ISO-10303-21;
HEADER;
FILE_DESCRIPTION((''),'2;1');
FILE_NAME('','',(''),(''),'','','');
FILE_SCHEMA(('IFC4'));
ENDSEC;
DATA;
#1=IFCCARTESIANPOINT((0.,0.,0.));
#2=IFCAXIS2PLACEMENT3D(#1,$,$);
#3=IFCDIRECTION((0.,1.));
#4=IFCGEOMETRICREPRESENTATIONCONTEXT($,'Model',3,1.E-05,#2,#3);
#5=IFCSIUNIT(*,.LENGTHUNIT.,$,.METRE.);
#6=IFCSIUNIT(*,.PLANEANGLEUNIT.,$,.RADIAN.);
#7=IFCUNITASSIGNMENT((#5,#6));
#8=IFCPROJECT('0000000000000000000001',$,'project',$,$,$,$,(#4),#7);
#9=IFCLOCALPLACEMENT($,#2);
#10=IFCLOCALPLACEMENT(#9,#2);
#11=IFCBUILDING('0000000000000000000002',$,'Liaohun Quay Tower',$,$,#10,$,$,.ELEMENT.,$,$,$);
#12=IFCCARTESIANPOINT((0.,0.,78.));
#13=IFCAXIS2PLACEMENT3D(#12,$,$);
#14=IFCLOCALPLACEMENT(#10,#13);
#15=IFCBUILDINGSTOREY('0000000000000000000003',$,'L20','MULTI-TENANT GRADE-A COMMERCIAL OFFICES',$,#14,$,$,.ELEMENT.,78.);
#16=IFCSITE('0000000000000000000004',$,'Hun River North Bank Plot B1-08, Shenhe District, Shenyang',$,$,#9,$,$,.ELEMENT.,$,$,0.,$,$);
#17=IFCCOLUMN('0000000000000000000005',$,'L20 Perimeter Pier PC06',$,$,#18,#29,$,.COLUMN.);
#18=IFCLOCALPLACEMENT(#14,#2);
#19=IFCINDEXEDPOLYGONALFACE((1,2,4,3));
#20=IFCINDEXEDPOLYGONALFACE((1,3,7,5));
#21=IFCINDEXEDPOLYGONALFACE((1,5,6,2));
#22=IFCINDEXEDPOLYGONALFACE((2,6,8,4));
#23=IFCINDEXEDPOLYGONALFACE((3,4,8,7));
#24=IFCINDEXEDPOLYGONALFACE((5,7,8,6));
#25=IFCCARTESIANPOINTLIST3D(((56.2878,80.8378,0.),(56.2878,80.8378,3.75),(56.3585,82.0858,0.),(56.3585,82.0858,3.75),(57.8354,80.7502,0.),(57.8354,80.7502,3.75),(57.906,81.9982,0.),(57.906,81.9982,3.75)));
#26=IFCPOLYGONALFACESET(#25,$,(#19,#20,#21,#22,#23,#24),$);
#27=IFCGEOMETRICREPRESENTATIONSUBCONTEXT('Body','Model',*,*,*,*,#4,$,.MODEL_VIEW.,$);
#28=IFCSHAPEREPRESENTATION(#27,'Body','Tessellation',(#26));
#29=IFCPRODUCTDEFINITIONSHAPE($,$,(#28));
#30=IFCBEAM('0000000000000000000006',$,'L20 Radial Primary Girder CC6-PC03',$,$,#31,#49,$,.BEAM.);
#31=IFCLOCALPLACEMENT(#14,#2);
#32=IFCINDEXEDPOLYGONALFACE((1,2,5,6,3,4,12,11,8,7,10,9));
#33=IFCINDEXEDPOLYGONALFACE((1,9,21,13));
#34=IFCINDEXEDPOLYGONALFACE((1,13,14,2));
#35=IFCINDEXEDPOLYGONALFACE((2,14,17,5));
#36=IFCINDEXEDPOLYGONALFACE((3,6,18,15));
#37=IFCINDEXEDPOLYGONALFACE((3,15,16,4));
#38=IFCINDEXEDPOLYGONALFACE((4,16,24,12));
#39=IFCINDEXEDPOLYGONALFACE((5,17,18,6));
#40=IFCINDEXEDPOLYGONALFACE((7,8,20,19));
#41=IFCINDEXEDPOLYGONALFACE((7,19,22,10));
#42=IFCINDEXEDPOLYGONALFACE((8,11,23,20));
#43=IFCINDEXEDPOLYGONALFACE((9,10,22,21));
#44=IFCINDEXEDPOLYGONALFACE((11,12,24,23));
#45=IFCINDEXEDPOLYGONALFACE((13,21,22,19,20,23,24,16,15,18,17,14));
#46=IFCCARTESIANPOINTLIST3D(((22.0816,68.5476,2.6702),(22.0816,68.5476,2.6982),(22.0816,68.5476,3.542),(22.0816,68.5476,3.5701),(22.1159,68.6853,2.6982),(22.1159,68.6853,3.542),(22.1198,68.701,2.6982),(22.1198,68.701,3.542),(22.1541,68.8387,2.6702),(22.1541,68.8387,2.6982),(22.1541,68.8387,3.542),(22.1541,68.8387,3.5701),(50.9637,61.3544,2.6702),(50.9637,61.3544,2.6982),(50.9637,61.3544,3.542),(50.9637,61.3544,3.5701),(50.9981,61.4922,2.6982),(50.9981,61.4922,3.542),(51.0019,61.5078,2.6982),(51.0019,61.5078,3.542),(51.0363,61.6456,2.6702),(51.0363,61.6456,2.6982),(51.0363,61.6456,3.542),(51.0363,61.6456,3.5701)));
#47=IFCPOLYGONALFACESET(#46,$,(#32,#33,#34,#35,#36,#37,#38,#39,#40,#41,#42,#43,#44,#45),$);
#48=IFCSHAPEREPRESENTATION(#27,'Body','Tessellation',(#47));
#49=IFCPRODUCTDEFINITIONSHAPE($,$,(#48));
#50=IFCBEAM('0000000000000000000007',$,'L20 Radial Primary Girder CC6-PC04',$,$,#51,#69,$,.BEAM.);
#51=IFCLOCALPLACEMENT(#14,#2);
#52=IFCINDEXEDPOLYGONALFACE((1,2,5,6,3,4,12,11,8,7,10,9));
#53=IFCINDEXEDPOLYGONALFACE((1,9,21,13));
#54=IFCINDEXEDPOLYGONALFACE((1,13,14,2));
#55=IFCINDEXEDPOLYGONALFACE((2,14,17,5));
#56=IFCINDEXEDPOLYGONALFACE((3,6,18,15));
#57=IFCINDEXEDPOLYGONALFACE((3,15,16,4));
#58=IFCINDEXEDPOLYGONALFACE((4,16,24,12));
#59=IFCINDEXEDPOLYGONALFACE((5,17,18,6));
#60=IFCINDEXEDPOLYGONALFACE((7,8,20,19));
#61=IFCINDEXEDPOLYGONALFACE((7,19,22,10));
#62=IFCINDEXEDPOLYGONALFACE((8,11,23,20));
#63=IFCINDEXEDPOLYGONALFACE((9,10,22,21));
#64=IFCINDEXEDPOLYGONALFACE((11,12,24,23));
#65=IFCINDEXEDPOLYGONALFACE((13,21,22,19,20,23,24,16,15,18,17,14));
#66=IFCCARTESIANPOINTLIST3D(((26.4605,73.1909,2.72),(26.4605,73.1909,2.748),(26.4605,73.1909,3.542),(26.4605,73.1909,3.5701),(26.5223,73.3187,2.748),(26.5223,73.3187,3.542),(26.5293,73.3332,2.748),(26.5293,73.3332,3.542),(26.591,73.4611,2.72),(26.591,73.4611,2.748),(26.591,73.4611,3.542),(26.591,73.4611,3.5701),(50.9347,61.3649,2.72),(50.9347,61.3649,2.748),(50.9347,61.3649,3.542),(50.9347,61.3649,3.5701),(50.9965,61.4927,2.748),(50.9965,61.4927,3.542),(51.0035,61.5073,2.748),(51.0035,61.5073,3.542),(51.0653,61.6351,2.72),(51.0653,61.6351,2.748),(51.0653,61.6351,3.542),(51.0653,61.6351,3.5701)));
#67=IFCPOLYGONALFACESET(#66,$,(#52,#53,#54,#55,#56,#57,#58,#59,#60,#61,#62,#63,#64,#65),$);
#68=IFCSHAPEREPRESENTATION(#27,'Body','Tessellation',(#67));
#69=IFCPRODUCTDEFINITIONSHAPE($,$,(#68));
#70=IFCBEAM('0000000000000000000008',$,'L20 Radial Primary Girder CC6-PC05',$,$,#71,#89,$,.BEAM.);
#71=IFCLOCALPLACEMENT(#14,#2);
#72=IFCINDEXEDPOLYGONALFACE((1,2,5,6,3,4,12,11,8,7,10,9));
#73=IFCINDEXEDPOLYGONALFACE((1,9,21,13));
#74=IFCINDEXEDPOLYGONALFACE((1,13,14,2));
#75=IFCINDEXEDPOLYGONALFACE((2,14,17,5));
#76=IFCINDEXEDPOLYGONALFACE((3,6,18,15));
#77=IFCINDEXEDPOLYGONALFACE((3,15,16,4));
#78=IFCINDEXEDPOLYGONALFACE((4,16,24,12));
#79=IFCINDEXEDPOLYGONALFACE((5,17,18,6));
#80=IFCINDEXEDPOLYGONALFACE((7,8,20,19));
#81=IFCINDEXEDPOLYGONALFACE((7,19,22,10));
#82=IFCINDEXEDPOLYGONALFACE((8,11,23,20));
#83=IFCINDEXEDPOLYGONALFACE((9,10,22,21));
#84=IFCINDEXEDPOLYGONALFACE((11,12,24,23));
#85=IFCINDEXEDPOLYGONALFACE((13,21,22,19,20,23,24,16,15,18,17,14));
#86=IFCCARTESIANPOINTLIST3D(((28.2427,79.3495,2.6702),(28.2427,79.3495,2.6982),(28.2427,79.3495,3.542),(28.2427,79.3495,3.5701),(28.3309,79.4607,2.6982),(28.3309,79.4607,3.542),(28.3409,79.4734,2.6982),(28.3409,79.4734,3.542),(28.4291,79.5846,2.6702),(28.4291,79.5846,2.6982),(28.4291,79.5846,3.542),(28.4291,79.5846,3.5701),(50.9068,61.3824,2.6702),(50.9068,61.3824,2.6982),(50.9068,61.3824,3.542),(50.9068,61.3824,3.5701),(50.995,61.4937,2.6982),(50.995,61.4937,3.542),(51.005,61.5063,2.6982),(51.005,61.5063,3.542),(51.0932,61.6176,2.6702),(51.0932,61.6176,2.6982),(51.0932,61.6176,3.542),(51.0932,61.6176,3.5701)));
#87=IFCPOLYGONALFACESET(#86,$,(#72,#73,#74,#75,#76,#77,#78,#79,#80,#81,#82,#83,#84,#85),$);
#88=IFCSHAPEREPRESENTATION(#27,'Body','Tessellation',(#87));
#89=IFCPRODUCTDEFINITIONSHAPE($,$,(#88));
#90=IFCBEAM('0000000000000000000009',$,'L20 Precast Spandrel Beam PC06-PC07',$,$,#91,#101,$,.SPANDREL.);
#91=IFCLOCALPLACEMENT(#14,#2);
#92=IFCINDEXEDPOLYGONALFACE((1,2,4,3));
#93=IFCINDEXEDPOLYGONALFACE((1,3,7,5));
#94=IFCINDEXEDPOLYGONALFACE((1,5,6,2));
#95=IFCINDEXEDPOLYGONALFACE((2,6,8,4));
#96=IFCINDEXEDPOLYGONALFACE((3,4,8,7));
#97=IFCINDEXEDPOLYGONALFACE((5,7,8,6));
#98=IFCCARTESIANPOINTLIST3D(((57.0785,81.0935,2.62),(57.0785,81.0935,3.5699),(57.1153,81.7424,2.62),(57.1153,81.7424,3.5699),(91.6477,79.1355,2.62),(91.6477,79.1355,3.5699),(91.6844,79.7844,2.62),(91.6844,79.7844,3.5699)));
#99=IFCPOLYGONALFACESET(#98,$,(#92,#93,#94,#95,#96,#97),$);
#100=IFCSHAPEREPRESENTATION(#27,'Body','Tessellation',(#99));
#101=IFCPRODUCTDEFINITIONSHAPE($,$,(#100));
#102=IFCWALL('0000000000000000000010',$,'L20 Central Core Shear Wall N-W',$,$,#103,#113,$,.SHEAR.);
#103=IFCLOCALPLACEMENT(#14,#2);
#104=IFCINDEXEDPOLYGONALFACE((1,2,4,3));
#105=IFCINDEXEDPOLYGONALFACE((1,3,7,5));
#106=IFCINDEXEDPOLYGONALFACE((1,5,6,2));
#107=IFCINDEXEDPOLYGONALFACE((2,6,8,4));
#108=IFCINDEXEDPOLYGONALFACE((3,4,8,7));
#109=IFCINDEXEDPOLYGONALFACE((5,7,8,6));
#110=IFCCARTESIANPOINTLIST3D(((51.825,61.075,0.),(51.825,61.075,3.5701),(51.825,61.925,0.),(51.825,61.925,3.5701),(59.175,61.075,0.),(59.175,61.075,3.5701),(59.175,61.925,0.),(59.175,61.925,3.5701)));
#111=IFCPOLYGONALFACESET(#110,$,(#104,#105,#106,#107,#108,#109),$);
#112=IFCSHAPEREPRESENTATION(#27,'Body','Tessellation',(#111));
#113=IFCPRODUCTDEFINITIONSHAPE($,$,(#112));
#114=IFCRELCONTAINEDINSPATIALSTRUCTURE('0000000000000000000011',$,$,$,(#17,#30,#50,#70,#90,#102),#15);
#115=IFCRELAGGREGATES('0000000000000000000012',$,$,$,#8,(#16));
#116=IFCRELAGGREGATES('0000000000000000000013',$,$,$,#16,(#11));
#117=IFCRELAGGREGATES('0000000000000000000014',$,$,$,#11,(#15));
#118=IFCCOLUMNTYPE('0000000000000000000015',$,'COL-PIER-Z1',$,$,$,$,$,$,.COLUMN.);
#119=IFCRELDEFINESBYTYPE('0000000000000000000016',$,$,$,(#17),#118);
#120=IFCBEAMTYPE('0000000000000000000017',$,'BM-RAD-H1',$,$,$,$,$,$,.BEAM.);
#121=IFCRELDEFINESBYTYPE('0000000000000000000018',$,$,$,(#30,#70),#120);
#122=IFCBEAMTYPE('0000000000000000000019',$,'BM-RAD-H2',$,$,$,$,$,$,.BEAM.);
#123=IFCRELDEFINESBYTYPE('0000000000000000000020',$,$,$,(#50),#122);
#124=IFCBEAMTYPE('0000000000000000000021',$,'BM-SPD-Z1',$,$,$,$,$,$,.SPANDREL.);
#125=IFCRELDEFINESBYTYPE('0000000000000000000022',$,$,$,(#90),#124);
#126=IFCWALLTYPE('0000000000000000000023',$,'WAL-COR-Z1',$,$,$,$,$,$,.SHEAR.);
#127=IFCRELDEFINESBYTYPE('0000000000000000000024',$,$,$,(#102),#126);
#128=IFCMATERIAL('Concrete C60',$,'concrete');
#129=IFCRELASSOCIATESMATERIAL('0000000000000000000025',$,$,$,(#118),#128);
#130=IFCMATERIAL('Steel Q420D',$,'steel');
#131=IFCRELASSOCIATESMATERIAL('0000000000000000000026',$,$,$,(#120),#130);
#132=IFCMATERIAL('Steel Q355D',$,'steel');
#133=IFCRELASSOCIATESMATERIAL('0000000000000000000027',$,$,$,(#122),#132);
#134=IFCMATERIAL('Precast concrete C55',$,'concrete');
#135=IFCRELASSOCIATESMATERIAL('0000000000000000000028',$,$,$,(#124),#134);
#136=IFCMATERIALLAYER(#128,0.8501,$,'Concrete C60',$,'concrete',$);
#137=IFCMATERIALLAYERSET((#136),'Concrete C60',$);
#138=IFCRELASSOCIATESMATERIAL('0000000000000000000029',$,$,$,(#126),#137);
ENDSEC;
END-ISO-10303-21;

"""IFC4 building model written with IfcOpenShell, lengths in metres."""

from ifc_helpers import new_model, si_unit, direction, frame, frame_2d, origin, origin_2d, place, context, subcontext, project, spatial, rectangle, i_section, extrude, source, transform, mapped, material, layer, layer_set, material_profile, profile_set, type_object, element, save


model = new_model("IFC4")

# Units and contexts
model_context = context("Model", 3, precision=1e-05, world=origin(), true_north=direction((0.0, 1.0)))
body_context = subcontext(model_context, "Body", "Model", "MODEL_VIEW")
ifc_project = project(units=[si_unit("LENGTHUNIT", "METRE"), si_unit("PLANEANGLEUNIT", "RADIAN")], contexts=[model_context])

# Site, building, storey
site_placement = place(None, origin())
site = spatial("IfcSite", under=ifc_project, at=site_placement, Name="Hun River North Bank Plot B1-08, Shenhe District, Shenyang", CompositionType="ELEMENT", RefElevation=0.0)
building_placement = place(site_placement, origin())
building = spatial("IfcBuilding", under=site, at=building_placement, Name="Liaohun Quay Tower", CompositionType="ELEMENT")
storey_placement = place(building_placement, frame((0.0, 0.0, 78.0)))
storey = spatial("IfcBuildingStorey", under=building, at=storey_placement, Name="L20", Description="MULTI-TENANT GRADE-A COMMERCIAL OFFICES", CompositionType="ELEMENT", Elevation=78.0)

# Column
ifc_material_1 = material(Name="Concrete C60", Category="concrete")
ifc_material_profile_1 = material_profile(ifc_material_1, rectangle(XDim=1.55, YDim=1.25, at=origin_2d()), Name="RC1550x1250")
ifc_profile_set_1 = profile_set([ifc_material_profile_1], Name="Concrete C60")
column_type = type_object("IfcColumnType", Name="COL-PIER-Z1", PredefinedType="COLUMN", material=ifc_profile_set_1)
shared_shape_1 = source(origin(), body_context, "Body", "SweptSolid", [
    extrude(rectangle(XDim=1.55, YDim=1.25, at=origin_2d()), origin(), (0.0, 0.0, 1.0), 3.75),
])
column_placement = place(storey_placement, frame((57.0969, 81.418, 0.0), z_axis=(0.0, 0.0, 1.0), x_axis=(-0.998402, 0.056519, 0.0)))
element("IfcColumn", 1, at=column_placement, inside=storey, type_object=column_type, Name="L20 Perimeter Pier PC06", PredefinedType="COLUMN", context=body_context, shape_type="MappedRepresentation", body=[
    mapped(shared_shape_1, transform((0.0, 0.0, 0.0), x_axis=(1.0, 0.0, 0.0), y_axis=(0.0, 1.0, 0.0), z_axis=(0.0, 0.0, 1.0), scale=1.0)),
])

# Beams
ifc_material_2 = material(Name="Steel Q420D", Category="steel")
ifc_material_profile_2 = material_profile(ifc_material_2, i_section(OverallWidth=0.3, OverallDepth=0.8999, WebThickness=0.0161, FlangeThickness=0.0281, at=origin_2d()), Name="HN900x300x16x28")
ifc_profile_set_2 = profile_set([ifc_material_profile_2], Name="Steel Q420D")
beam_type_1 = type_object("IfcBeamType", Name="BM-RAD-H1", PredefinedType="BEAM", material=ifc_profile_set_2)
shared_shape_2 = source(origin(), body_context, "Body", "SweptSolid", [
    extrude(i_section(OverallWidth=0.3, OverallDepth=0.8999, WebThickness=0.0161, FlangeThickness=0.0281, at=origin_2d()), origin(), (0.0, 0.0, 1.0), 29.7644),
])
beam_1_placement = place(storey_placement, frame((51.0, 61.5, 3.1201), z_axis=(-0.970359, 0.241669, 0.0), x_axis=(-0.241669, -0.970359, 0.0)))
element("IfcBeam", 2, at=beam_1_placement, inside=storey, type_object=beam_type_1, Name="L20 Radial Primary Girder CC6-PC03", PredefinedType="BEAM", context=body_context, shape_type="MappedRepresentation", body=[
    mapped(shared_shape_2, transform((0.0, 0.0, 0.0), x_axis=(1.0, 0.0, 0.0), y_axis=(0.0, 1.0, 0.0), z_axis=(0.0, 0.0, 1.0), scale=1.0)),
])
ifc_material_3 = material(Name="Steel Q355D", Category="steel")
ifc_material_profile_3 = material_profile(ifc_material_3, i_section(OverallWidth=0.3, OverallDepth=0.8501, WebThickness=0.0161, FlangeThickness=0.0281, at=origin_2d()), Name="HN850x300x16x28")
ifc_profile_set_3 = profile_set([ifc_material_profile_3], Name="Steel Q355D")
beam_type_2 = type_object("IfcBeamType", Name="BM-RAD-H2", PredefinedType="BEAM", material=ifc_profile_set_3)
shared_shape_3 = source(origin(), body_context, "Body", "SweptSolid", [
    extrude(i_section(OverallWidth=0.3, OverallDepth=0.8501, WebThickness=0.0161, FlangeThickness=0.0281, at=origin_2d()), origin(), (0.0, 0.0, 1.0), 27.1816),
])
beam_2_placement = place(storey_placement, frame((51.0, 61.5, 3.145), z_axis=(-0.900396, 0.435072, 0.0), x_axis=(-0.435072, -0.900396, 0.0)))
element("IfcBeam", 3, at=beam_2_placement, inside=storey, type_object=beam_type_2, Name="L20 Radial Primary Girder CC6-PC04", PredefinedType="BEAM", context=body_context, shape_type="MappedRepresentation", body=[
    mapped(shared_shape_3, transform((0.0, 0.0, 0.0), x_axis=(1.0, 0.0, 0.0), y_axis=(0.0, 1.0, 0.0), z_axis=(0.0, 0.0, 1.0), scale=1.0)),
])
shared_shape_4 = source(origin(), body_context, "Body", "SweptSolid", [
    extrude(i_section(OverallWidth=0.3, OverallDepth=0.8999, WebThickness=0.0161, FlangeThickness=0.0281, at=origin_2d()), origin(), (0.0, 0.0, 1.0), 28.9219),
])
beam_3_placement = place(storey_placement, frame((51.0, 61.5, 3.1201), z_axis=(-0.783631, 0.621227, 0.0), x_axis=(-0.621227, -0.783631, 0.0)))
element("IfcBeam", 4, at=beam_3_placement, inside=storey, type_object=beam_type_1, Name="L20 Radial Primary Girder CC6-PC05", PredefinedType="BEAM", context=body_context, shape_type="MappedRepresentation", body=[
    mapped(shared_shape_4, transform((0.0, 0.0, 0.0), x_axis=(1.0, 0.0, 0.0), y_axis=(0.0, 1.0, 0.0), z_axis=(0.0, 0.0, 1.0), scale=1.0)),
])
ifc_material_4 = material(Name="Precast concrete C55", Category="concrete")
ifc_material_profile_4 = material_profile(ifc_material_4, rectangle(XDim=0.6499, YDim=0.95, at=origin_2d()), Name="RC650x950")
ifc_profile_set_4 = profile_set([ifc_material_profile_4], Name="Precast concrete C55")
beam_type_3 = type_object("IfcBeamType", Name="BM-SPD-Z1", PredefinedType="SPANDREL", material=ifc_profile_set_4)
shared_shape_5 = source(origin(), body_context, "Body", "SweptSolid", [
    extrude(rectangle(XDim=0.6499, YDim=0.95, at=origin_2d()), origin(), (0.0, 0.0, 1.0), 34.6245),
])
beam_4_placement = place(storey_placement, frame((57.0969, 81.418, 3.095), z_axis=(0.9984, -0.05655, 0.0), x_axis=(0.05655, 0.9984, 0.0)))
element("IfcBeam", 5, at=beam_4_placement, inside=storey, type_object=beam_type_3, Name="L20 Precast Spandrel Beam PC06-PC07", PredefinedType="SPANDREL", context=body_context, shape_type="MappedRepresentation", body=[
    mapped(shared_shape_5, transform((0.0, 0.0, 0.0), x_axis=(1.0, 0.0, 0.0), y_axis=(0.0, 1.0, 0.0), z_axis=(0.0, 0.0, 1.0), scale=1.0)),
])

# Wall
ifc_layer_1 = layer(ifc_material_1, 0.8501, Name="Concrete C60", Category="concrete")
ifc_layer_set_1 = layer_set([ifc_layer_1], Name="Concrete C60")
wall_type_1 = type_object("IfcWallType", Name="WAL-COR-Z1", PredefinedType="SHEAR", material=ifc_layer_set_1)
wall_1_placement = place(storey_placement, frame((51.825, 61.5, 0.0), z_axis=(0.0, 0.0, 1.0), x_axis=(1.0, 0.0, 0.0)))
element("IfcWall", 6, at=wall_1_placement, inside=storey, type_object=wall_type_1, Name="L20 Central Core Shear Wall N-W", PredefinedType="SHEAR", context=body_context, shape_type="SweptSolid", body=[
    extrude(rectangle(XDim=7.3501, YDim=0.8501, at=frame_2d((3.675, 0.0))), origin(), (0.0, 0.0, 1.0), 3.5701),
])

save(model, "model.ifc")
